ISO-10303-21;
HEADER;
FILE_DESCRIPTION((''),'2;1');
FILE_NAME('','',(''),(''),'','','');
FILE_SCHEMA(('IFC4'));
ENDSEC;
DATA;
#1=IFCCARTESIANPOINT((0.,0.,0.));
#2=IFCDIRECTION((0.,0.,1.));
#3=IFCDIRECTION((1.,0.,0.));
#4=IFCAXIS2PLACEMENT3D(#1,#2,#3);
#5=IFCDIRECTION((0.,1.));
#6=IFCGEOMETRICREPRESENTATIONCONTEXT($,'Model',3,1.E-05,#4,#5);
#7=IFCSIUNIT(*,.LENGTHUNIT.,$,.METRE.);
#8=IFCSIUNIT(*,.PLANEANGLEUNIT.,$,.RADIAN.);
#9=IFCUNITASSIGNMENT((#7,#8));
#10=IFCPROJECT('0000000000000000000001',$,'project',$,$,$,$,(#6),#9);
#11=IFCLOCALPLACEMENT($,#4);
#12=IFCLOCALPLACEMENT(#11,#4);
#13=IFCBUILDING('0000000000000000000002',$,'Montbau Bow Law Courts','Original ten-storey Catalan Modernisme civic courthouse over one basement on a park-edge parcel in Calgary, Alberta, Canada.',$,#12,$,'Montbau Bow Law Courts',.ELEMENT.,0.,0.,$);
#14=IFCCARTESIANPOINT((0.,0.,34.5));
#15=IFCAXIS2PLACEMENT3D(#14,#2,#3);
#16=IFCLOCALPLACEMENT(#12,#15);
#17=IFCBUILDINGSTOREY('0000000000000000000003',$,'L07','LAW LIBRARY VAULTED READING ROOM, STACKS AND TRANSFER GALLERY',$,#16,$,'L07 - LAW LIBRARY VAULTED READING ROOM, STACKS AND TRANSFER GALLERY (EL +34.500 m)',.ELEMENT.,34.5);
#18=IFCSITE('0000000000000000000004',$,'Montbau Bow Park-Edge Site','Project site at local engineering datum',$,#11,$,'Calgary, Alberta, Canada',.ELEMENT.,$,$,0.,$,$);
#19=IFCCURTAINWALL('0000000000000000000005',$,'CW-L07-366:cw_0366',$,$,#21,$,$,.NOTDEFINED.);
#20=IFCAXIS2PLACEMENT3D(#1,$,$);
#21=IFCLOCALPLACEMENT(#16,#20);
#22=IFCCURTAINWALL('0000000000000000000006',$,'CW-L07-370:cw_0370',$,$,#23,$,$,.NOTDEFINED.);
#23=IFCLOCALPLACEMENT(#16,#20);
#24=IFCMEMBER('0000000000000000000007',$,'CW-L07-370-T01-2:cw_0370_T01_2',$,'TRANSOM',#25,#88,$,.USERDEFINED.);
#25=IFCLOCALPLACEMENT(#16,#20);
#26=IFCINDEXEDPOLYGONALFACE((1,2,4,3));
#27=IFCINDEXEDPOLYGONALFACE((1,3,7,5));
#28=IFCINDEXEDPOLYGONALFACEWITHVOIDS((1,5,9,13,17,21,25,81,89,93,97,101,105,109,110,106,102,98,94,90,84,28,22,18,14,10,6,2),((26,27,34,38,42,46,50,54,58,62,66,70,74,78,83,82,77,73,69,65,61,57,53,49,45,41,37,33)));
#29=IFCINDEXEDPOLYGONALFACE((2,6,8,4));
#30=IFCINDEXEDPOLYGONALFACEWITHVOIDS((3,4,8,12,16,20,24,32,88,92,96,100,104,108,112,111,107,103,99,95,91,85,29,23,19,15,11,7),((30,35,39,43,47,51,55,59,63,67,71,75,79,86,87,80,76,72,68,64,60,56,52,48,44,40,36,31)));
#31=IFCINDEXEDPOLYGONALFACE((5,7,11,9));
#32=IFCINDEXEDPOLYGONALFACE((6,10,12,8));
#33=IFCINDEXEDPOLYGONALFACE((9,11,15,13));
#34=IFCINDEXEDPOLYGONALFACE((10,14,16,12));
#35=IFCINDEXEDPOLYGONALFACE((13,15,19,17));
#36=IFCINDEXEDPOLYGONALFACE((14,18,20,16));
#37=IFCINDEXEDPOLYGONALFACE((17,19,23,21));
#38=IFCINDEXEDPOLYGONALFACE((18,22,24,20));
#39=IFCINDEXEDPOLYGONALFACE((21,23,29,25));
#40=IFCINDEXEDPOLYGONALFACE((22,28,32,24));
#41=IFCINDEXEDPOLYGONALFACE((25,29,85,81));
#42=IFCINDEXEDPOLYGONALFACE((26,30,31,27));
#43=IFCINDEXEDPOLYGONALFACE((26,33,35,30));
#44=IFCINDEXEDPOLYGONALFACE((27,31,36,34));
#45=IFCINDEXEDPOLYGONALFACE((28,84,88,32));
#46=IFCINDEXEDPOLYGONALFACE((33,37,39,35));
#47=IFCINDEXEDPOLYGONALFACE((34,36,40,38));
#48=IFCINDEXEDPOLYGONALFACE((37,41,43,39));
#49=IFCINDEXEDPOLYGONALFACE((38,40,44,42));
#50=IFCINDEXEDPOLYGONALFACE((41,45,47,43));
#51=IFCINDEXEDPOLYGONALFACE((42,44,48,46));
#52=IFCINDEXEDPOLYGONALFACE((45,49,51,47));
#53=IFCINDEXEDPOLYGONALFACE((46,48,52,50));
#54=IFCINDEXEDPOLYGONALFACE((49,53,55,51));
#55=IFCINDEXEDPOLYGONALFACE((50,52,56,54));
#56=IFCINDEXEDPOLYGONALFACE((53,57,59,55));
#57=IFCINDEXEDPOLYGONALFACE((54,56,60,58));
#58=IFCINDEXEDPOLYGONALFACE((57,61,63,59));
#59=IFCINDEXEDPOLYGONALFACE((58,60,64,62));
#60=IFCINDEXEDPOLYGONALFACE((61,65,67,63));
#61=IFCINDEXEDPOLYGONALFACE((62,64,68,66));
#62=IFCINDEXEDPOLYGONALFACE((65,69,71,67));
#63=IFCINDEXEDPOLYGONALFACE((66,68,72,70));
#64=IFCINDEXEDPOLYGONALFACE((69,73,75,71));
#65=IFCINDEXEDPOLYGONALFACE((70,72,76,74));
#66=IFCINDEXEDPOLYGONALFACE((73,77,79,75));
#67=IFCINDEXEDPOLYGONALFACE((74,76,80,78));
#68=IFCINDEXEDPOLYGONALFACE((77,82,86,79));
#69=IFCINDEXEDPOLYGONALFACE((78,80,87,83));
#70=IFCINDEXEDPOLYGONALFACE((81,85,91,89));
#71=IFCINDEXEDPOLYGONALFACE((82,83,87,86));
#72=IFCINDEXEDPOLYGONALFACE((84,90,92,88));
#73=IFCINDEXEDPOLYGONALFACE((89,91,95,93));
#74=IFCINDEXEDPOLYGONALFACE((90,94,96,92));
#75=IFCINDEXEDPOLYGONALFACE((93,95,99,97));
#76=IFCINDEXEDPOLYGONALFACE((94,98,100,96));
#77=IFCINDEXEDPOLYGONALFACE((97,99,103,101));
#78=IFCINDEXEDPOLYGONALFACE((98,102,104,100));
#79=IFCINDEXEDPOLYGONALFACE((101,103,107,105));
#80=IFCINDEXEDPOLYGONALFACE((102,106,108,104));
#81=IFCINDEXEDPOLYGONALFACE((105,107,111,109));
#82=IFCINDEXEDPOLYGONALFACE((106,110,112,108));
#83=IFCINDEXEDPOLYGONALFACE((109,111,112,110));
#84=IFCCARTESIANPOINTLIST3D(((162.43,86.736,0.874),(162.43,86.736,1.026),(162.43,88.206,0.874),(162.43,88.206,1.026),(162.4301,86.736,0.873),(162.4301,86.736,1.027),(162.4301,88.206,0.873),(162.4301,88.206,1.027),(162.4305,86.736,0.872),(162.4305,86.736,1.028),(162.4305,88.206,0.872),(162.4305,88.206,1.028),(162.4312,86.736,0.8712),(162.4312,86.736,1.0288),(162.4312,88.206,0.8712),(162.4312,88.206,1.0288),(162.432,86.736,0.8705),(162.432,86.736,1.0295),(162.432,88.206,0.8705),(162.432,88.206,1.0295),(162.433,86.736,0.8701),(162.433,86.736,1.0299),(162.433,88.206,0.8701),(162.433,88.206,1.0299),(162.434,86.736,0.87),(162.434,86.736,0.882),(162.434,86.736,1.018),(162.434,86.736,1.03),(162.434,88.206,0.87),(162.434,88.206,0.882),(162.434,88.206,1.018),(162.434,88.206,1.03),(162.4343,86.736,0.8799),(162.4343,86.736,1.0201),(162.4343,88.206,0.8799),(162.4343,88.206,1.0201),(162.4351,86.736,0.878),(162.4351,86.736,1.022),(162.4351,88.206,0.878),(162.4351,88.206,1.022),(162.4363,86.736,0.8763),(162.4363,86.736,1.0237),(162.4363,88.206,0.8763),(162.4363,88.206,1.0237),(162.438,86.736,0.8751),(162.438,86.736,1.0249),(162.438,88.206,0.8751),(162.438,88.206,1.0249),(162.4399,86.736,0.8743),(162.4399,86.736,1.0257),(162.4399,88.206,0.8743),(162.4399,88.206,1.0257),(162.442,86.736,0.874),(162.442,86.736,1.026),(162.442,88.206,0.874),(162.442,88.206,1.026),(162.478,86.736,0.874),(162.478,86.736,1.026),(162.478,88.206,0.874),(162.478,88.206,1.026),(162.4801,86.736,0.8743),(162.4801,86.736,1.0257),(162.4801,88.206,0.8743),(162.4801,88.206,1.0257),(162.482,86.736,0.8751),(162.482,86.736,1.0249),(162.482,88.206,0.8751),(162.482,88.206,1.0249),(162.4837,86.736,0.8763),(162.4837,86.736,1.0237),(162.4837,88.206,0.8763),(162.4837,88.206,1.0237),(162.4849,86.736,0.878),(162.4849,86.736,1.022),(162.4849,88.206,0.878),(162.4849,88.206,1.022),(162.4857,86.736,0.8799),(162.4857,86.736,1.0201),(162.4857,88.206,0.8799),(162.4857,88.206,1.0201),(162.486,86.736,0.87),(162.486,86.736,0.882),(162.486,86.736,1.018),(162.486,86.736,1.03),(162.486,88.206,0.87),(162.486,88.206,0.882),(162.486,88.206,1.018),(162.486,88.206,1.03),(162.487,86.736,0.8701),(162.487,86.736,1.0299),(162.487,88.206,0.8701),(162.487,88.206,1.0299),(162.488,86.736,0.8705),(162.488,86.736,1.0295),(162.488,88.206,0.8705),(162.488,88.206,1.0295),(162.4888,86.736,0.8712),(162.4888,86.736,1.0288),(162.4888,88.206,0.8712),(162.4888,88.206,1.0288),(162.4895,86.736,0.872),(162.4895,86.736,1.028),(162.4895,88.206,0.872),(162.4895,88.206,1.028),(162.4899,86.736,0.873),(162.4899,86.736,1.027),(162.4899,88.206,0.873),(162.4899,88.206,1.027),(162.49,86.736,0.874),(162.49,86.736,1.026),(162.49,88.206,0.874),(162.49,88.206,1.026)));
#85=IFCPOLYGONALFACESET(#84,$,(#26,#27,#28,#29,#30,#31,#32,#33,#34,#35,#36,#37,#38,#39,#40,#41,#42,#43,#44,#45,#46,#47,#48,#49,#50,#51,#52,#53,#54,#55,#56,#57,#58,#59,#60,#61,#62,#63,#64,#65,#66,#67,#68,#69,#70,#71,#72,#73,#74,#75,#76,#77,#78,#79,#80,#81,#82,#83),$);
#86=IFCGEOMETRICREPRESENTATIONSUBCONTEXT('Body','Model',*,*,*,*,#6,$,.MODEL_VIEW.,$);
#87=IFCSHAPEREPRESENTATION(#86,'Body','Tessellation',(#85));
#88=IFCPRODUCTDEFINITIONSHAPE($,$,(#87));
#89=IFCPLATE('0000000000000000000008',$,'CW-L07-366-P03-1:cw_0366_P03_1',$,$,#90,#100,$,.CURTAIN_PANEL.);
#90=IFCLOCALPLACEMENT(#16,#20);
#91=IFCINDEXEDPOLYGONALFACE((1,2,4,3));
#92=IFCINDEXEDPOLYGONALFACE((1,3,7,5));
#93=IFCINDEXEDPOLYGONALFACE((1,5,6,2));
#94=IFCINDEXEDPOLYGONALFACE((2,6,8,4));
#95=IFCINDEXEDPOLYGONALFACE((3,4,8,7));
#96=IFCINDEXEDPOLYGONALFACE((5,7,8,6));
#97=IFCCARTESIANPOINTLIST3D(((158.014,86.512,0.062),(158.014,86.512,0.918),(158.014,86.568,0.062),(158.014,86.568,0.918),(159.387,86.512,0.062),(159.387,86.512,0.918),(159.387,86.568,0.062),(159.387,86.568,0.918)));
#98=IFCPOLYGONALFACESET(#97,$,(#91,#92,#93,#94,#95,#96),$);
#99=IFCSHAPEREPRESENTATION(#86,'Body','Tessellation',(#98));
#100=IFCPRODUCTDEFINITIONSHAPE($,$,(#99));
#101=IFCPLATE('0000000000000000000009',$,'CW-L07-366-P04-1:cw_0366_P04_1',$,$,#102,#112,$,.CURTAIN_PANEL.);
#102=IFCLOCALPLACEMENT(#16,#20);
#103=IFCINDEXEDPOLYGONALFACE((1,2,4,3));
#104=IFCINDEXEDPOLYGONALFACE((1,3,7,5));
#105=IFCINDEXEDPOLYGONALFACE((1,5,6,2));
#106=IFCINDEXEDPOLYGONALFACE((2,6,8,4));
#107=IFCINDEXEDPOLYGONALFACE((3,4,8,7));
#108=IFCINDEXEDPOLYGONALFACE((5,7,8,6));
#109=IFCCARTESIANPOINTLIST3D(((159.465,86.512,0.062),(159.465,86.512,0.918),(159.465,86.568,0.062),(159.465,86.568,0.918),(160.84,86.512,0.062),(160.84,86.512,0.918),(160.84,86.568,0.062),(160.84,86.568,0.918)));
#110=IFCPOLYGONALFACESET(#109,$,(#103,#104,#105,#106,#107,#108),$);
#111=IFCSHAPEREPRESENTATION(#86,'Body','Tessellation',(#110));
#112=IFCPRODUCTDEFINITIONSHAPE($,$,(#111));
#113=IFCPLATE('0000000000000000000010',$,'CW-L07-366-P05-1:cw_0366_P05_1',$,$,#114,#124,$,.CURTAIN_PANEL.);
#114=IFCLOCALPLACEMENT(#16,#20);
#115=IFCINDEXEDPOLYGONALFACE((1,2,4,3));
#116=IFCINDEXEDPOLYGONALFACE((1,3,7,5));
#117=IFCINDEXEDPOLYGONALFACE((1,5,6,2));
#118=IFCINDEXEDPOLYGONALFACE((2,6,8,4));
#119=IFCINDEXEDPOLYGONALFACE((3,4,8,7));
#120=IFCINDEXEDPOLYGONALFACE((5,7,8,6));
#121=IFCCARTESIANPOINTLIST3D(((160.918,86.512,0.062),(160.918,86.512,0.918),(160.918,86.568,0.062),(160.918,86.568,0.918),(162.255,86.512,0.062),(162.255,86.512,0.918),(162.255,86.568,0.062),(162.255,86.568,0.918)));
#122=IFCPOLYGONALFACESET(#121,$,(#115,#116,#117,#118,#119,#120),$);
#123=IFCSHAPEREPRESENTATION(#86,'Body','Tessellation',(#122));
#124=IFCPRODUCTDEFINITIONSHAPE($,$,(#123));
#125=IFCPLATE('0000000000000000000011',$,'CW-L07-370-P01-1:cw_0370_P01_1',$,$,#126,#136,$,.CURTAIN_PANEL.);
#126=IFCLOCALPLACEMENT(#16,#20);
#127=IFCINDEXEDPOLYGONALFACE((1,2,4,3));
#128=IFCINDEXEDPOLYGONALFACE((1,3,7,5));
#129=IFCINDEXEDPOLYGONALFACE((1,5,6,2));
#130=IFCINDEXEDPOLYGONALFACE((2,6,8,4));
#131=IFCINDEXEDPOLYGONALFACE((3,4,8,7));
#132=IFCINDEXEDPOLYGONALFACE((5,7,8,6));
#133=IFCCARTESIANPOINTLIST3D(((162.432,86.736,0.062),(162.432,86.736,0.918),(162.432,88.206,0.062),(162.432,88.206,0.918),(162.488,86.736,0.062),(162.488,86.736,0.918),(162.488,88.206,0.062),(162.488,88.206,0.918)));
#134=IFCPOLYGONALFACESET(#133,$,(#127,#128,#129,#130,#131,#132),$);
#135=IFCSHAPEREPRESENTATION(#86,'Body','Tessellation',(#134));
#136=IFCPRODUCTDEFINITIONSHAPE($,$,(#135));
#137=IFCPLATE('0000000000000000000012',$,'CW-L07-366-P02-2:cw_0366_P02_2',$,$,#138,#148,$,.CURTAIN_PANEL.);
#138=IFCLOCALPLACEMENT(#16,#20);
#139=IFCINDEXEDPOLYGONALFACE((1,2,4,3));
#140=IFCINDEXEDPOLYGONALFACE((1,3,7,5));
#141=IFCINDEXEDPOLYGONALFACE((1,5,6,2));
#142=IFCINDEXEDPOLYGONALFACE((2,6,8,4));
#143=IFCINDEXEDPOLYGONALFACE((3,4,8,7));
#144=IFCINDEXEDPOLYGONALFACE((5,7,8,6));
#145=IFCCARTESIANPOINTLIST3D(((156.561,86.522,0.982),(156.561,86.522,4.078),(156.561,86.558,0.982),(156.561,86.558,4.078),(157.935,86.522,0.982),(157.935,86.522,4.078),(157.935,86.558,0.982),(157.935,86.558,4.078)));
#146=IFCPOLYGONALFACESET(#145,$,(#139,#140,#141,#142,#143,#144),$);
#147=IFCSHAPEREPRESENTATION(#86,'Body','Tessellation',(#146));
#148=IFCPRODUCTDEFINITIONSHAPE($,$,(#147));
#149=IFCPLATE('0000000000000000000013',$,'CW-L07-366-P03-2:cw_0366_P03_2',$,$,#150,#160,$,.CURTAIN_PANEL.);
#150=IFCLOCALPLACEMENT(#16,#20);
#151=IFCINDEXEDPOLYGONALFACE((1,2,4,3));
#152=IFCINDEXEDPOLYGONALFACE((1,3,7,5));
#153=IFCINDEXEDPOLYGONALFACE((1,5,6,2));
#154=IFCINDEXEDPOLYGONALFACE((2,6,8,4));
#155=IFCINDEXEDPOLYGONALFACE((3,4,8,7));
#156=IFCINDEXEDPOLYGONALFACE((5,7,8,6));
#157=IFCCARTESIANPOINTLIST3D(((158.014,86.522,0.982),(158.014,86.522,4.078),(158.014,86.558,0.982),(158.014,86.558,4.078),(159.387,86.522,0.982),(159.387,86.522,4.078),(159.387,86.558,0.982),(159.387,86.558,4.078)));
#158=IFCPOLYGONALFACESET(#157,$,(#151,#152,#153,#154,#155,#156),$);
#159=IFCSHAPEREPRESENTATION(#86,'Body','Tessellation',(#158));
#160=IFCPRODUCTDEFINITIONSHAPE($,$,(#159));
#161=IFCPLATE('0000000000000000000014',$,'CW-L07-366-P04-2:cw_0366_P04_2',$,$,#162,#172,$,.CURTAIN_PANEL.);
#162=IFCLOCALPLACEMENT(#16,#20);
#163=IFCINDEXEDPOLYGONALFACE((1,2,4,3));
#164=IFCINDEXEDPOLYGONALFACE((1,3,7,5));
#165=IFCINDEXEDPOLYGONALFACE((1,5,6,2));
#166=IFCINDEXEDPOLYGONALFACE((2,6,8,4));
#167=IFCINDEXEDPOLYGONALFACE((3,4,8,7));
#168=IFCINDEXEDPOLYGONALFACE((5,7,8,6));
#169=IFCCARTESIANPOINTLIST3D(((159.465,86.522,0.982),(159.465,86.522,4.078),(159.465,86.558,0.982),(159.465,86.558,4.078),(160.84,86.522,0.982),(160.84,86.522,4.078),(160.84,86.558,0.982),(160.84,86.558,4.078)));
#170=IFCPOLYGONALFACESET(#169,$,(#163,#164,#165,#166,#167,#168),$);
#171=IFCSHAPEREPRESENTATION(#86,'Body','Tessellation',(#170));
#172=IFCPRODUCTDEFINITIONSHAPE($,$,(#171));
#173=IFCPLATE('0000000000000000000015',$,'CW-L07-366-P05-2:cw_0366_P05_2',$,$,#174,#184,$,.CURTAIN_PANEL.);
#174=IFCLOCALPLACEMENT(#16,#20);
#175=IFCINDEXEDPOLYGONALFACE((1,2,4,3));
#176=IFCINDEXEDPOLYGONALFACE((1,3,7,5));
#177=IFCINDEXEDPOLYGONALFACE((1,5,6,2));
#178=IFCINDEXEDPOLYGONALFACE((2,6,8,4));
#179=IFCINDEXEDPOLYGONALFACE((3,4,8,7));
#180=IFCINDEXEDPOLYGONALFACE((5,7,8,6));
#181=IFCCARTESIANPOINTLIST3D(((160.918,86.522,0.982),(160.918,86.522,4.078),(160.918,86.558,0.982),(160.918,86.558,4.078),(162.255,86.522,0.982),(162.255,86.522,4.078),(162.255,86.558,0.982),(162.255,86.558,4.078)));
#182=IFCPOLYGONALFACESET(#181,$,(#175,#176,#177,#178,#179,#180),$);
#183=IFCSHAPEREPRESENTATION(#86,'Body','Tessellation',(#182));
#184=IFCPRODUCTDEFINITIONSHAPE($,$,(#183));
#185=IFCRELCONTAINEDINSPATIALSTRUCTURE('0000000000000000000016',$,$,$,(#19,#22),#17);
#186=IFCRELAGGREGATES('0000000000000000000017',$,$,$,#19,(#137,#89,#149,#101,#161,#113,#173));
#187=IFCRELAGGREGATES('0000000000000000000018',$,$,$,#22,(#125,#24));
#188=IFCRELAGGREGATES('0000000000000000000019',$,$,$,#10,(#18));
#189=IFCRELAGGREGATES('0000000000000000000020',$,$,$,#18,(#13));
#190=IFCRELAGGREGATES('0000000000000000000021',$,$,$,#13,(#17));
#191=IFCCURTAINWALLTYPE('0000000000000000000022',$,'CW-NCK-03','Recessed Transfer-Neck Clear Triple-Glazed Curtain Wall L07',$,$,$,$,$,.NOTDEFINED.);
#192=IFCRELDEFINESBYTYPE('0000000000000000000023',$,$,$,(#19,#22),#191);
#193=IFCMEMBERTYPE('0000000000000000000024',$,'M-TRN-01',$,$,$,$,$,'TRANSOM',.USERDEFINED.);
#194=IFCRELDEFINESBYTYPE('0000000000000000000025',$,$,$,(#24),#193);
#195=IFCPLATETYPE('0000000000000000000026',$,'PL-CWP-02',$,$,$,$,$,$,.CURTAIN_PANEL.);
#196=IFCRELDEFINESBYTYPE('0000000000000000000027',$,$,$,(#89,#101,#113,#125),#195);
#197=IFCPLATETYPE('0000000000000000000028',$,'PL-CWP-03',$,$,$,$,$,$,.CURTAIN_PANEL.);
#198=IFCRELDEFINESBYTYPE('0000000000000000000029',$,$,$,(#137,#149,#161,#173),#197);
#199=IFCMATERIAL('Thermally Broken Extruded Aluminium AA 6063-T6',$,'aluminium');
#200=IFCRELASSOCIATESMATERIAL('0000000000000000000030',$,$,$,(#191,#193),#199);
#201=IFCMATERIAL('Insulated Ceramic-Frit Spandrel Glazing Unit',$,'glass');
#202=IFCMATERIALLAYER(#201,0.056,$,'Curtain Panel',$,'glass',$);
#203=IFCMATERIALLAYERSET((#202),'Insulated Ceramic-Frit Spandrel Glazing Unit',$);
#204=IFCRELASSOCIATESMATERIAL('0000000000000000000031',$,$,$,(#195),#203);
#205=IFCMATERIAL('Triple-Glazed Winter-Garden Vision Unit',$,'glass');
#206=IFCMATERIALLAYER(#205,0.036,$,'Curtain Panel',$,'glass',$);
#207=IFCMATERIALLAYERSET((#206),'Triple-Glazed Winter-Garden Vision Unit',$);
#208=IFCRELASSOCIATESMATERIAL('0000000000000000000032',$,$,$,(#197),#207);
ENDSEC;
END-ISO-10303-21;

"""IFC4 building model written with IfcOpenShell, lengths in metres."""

from ifc_helpers import new_model, si_unit, direction, frame, frame_2d, origin_with_axes, origin_2d_with_axis, place, context, subcontext, project, spatial, rectangle, hollow_rectangle, extrude, material, layer, layer_set, material_profile, profile_set, type_object, element, aggregate, save


model = new_model("IFC4")

# Units and contexts
model_context = context("Model", 3, precision=1e-05, world=origin_with_axes(), true_north=direction((0.0, 1.0)))
body_context = subcontext(model_context, "Body", "Model", "MODEL_VIEW")
ifc_project = project(units=[si_unit("LENGTHUNIT", "METRE"), si_unit("PLANEANGLEUNIT", "RADIAN")], contexts=[model_context])

# Site, building, storey
site_placement = place(None, origin_with_axes())
site = spatial("IfcSite", under=ifc_project, at=site_placement, Name="Montbau Bow Park-Edge Site", Description="Project site at local engineering datum", LongName="Calgary, Alberta, Canada", CompositionType="ELEMENT", RefElevation=0.0)
building_placement = place(site_placement, origin_with_axes())
building = spatial("IfcBuilding", under=site, at=building_placement, Name="Montbau Bow Law Courts", Description="Original ten-storey Catalan Modernisme civic courthouse over one basement on a park-edge parcel in Calgary, Alberta, Canada.", LongName="Montbau Bow Law Courts", CompositionType="ELEMENT", ElevationOfRefHeight=0.0, ElevationOfTerrain=0.0)
storey_placement = place(building_placement, frame((0.0, 0.0, 34.5), z_axis=(0.0, 0.0, 1.0), x_axis=(1.0, 0.0, 0.0)))
storey = spatial("IfcBuildingStorey", under=building, at=storey_placement, Name="L07", Description="LAW LIBRARY VAULTED READING ROOM, STACKS AND TRANSFER GALLERY", LongName="L07 - LAW LIBRARY VAULTED READING ROOM, STACKS AND TRANSFER GALLERY (EL +34.500 m)", CompositionType="ELEMENT", Elevation=34.5)

# Curtain wall
ifc_material_1 = material(Name="Thermally Broken Extruded Aluminium AA 6063-T6", Category="aluminium")
curtain_wall_type = type_object("IfcCurtainWallType", Name="CW-NCK-03", Description="Recessed Transfer-Neck Clear Triple-Glazed Curtain Wall L07", PredefinedType="NOTDEFINED", material=ifc_material_1)
curtain_wall_1_placement = place(None, frame((155.068, 86.54, 34.5), z_axis=(0.0, 0.0, 1.0), x_axis=(1.0, 0.0, 0.0)))
curtain_wall_1 = element("IfcCurtainWall", 1, at=curtain_wall_1_placement, inside=storey, type_object=curtain_wall_type, Name="CW-L07-366:cw_0366", PredefinedType="NOTDEFINED")

# Curtain wall
curtain_wall_2_placement = place(None, frame((162.46, 86.668, 34.5), z_axis=(0.0, 0.0, 1.0), x_axis=(1.0, 0.0, 0.0)))
curtain_wall_2 = element("IfcCurtainWall", 2, at=curtain_wall_2_placement, inside=storey, type_object=curtain_wall_type, Name="CW-L07-370:cw_0370", PredefinedType="NOTDEFINED")

# Member
ifc_material_profile_1 = material_profile(ifc_material_1, hollow_rectangle(XDim=0.06, YDim=0.16, WallThickness=0.004, InnerFilletRadius=0.008, OuterFilletRadius=0.004, at=origin_2d_with_axis()), Name="CWT-160X60", Category="Main", Priority=0)
ifc_profile_set_1 = profile_set([ifc_material_profile_1], Name="Thermally Broken Extruded Aluminium AA 6063-T6")
member_type_1 = type_object("IfcMemberType", Name="M-TRN-01", ElementType="TRANSOM", PredefinedType="USERDEFINED", material=ifc_profile_set_1)
member_1_placement = place(None, frame((162.46, 86.736, 35.45), z_axis=(0.0, 1.0, 0.0), x_axis=(-1.0, 0.0, 0.0)))
member_1 = element("IfcMember", 3, at=member_1_placement, type_object=member_type_1, Name="CW-L07-370-T01-2:cw_0370_T01_2", ObjectType="TRANSOM", PredefinedType="USERDEFINED", context=body_context, shape_type="SweptSolid", body=[
    extrude(hollow_rectangle(XDim=0.06, YDim=0.16, WallThickness=0.004, InnerFilletRadius=0.008, OuterFilletRadius=0.004, at=origin_2d_with_axis()), origin_with_axes(), (0.0, 0.0, 1.0), 1.47),
])

# Plates
ifc_material_2 = material(Name="Insulated Ceramic-Frit Spandrel Glazing Unit", Category="glass")
ifc_layer_1 = layer(ifc_material_2, 0.056, Name="Curtain Panel", Category="glass")
ifc_layer_set_1 = layer_set([ifc_layer_1], Name="Insulated Ceramic-Frit Spandrel Glazing Unit")
plate_type_1 = type_object("IfcPlateType", Name="PL-CWP-02", PredefinedType="CURTAIN_PANEL", material=ifc_layer_set_1)
plate_1_placement = place(None, frame((158.014, 86.54, 34.562), z_axis=(0.0, -1.0, 0.0), x_axis=(1.0, 0.0, 0.0)))
plate_1 = element("IfcPlate", 4, at=plate_1_placement, type_object=plate_type_1, Name="CW-L07-366-P03-1:cw_0366_P03_1", PredefinedType="CURTAIN_PANEL", context=body_context, shape_type="SweptSolid", body=[
    extrude(rectangle(XDim=1.373, YDim=0.856, at=frame_2d((0.6865, 0.428), x_axis=(1.0, 0.0))), frame((0.0, 0.0, -0.028), z_axis=(0.0, 0.0, 1.0), x_axis=(1.0, 0.0, 0.0)), (0.0, 0.0, 1.0), 0.056),
])
plate_2_placement = place(None, frame((159.465, 86.54, 34.562), z_axis=(0.0, -1.0, 0.0), x_axis=(1.0, 0.0, 0.0)))
plate_2 = element("IfcPlate", 5, at=plate_2_placement, type_object=plate_type_1, Name="CW-L07-366-P04-1:cw_0366_P04_1", PredefinedType="CURTAIN_PANEL", context=body_context, shape_type="SweptSolid", body=[
    extrude(rectangle(XDim=1.375, YDim=0.856, at=frame_2d((0.6875, 0.428), x_axis=(1.0, 0.0))), frame((0.0, 0.0, -0.028), z_axis=(0.0, 0.0, 1.0), x_axis=(1.0, 0.0, 0.0)), (0.0, 0.0, 1.0), 0.056),
])
plate_3_placement = place(None, frame((160.918, 86.54, 34.562), z_axis=(0.0, -1.0, 0.0), x_axis=(1.0, 0.0, 0.0)))
plate_3 = element("IfcPlate", 6, at=plate_3_placement, type_object=plate_type_1, Name="CW-L07-366-P05-1:cw_0366_P05_1", PredefinedType="CURTAIN_PANEL", context=body_context, shape_type="SweptSolid", body=[
    extrude(rectangle(XDim=1.337, YDim=0.856, at=frame_2d((0.6685, 0.428), x_axis=(1.0, 0.0))), frame((0.0, 0.0, -0.028), z_axis=(0.0, 0.0, 1.0), x_axis=(1.0, 0.0, 0.0)), (0.0, 0.0, 1.0), 0.056),
])
plate_4_placement = place(None, frame((162.46, 86.736, 34.562), z_axis=(1.0, 0.0, 0.0), x_axis=(0.0, 1.0, 0.0)))
plate_4 = element("IfcPlate", 7, at=plate_4_placement, type_object=plate_type_1, Name="CW-L07-370-P01-1:cw_0370_P01_1", PredefinedType="CURTAIN_PANEL", context=body_context, shape_type="SweptSolid", body=[
    extrude(rectangle(XDim=1.47, YDim=0.856, at=frame_2d((0.735, 0.428), x_axis=(1.0, 0.0))), frame((0.0, 0.0, -0.028), z_axis=(0.0, 0.0, 1.0), x_axis=(1.0, 0.0, 0.0)), (0.0, 0.0, 1.0), 0.056),
])
ifc_material_3 = material(Name="Triple-Glazed Winter-Garden Vision Unit", Category="glass")
ifc_layer_2 = layer(ifc_material_3, 0.036, Name="Curtain Panel", Category="glass")
ifc_layer_set_2 = layer_set([ifc_layer_2], Name="Triple-Glazed Winter-Garden Vision Unit")
plate_type_2 = type_object("IfcPlateType", Name="PL-CWP-03", PredefinedType="CURTAIN_PANEL", material=ifc_layer_set_2)
plate_5_placement = place(None, frame((156.561, 86.54, 35.482), z_axis=(0.0, -1.0, 0.0), x_axis=(1.0, 0.0, 0.0)))
plate_5 = element("IfcPlate", 8, at=plate_5_placement, type_object=plate_type_2, Name="CW-L07-366-P02-2:cw_0366_P02_2", PredefinedType="CURTAIN_PANEL", context=body_context, shape_type="SweptSolid", body=[
    extrude(rectangle(XDim=1.374, YDim=3.096, at=frame_2d((0.687, 1.548), x_axis=(1.0, 0.0))), frame((0.0, 0.0, -0.018), z_axis=(0.0, 0.0, 1.0), x_axis=(1.0, 0.0, 0.0)), (0.0, 0.0, 1.0), 0.036),
])
plate_6_placement = place(None, frame((158.014, 86.54, 35.482), z_axis=(0.0, -1.0, 0.0), x_axis=(1.0, 0.0, 0.0)))
plate_6 = element("IfcPlate", 9, at=plate_6_placement, type_object=plate_type_2, Name="CW-L07-366-P03-2:cw_0366_P03_2", PredefinedType="CURTAIN_PANEL", context=body_context, shape_type="SweptSolid", body=[
    extrude(rectangle(XDim=1.373, YDim=3.096, at=frame_2d((0.6865, 1.548), x_axis=(1.0, 0.0))), frame((0.0, 0.0, -0.018), z_axis=(0.0, 0.0, 1.0), x_axis=(1.0, 0.0, 0.0)), (0.0, 0.0, 1.0), 0.036),
])
plate_7_placement = place(None, frame((159.465, 86.54, 35.482), z_axis=(0.0, -1.0, 0.0), x_axis=(1.0, 0.0, 0.0)))
plate_7 = element("IfcPlate", 10, at=plate_7_placement, type_object=plate_type_2, Name="CW-L07-366-P04-2:cw_0366_P04_2", PredefinedType="CURTAIN_PANEL", context=body_context, shape_type="SweptSolid", body=[
    extrude(rectangle(XDim=1.375, YDim=3.096, at=frame_2d((0.6875, 1.548), x_axis=(1.0, 0.0))), frame((0.0, 0.0, -0.018), z_axis=(0.0, 0.0, 1.0), x_axis=(1.0, 0.0, 0.0)), (0.0, 0.0, 1.0), 0.036),
])
plate_8_placement = place(None, frame((160.918, 86.54, 35.482), z_axis=(0.0, -1.0, 0.0), x_axis=(1.0, 0.0, 0.0)))
plate_8 = element("IfcPlate", 11, at=plate_8_placement, type_object=plate_type_2, Name="CW-L07-366-P05-2:cw_0366_P05_2", PredefinedType="CURTAIN_PANEL", context=body_context, shape_type="SweptSolid", body=[
    extrude(rectangle(XDim=1.337, YDim=3.096, at=frame_2d((0.6685, 1.548), x_axis=(1.0, 0.0))), frame((0.0, 0.0, -0.018), z_axis=(0.0, 0.0, 1.0), x_axis=(1.0, 0.0, 0.0)), (0.0, 0.0, 1.0), 0.036),
])
aggregate(curtain_wall_1, [plate_5, plate_1, plate_6, plate_2, plate_7, plate_3, plate_8])
aggregate(curtain_wall_2, [plate_4, member_1])

save(model, "model.ifc")
